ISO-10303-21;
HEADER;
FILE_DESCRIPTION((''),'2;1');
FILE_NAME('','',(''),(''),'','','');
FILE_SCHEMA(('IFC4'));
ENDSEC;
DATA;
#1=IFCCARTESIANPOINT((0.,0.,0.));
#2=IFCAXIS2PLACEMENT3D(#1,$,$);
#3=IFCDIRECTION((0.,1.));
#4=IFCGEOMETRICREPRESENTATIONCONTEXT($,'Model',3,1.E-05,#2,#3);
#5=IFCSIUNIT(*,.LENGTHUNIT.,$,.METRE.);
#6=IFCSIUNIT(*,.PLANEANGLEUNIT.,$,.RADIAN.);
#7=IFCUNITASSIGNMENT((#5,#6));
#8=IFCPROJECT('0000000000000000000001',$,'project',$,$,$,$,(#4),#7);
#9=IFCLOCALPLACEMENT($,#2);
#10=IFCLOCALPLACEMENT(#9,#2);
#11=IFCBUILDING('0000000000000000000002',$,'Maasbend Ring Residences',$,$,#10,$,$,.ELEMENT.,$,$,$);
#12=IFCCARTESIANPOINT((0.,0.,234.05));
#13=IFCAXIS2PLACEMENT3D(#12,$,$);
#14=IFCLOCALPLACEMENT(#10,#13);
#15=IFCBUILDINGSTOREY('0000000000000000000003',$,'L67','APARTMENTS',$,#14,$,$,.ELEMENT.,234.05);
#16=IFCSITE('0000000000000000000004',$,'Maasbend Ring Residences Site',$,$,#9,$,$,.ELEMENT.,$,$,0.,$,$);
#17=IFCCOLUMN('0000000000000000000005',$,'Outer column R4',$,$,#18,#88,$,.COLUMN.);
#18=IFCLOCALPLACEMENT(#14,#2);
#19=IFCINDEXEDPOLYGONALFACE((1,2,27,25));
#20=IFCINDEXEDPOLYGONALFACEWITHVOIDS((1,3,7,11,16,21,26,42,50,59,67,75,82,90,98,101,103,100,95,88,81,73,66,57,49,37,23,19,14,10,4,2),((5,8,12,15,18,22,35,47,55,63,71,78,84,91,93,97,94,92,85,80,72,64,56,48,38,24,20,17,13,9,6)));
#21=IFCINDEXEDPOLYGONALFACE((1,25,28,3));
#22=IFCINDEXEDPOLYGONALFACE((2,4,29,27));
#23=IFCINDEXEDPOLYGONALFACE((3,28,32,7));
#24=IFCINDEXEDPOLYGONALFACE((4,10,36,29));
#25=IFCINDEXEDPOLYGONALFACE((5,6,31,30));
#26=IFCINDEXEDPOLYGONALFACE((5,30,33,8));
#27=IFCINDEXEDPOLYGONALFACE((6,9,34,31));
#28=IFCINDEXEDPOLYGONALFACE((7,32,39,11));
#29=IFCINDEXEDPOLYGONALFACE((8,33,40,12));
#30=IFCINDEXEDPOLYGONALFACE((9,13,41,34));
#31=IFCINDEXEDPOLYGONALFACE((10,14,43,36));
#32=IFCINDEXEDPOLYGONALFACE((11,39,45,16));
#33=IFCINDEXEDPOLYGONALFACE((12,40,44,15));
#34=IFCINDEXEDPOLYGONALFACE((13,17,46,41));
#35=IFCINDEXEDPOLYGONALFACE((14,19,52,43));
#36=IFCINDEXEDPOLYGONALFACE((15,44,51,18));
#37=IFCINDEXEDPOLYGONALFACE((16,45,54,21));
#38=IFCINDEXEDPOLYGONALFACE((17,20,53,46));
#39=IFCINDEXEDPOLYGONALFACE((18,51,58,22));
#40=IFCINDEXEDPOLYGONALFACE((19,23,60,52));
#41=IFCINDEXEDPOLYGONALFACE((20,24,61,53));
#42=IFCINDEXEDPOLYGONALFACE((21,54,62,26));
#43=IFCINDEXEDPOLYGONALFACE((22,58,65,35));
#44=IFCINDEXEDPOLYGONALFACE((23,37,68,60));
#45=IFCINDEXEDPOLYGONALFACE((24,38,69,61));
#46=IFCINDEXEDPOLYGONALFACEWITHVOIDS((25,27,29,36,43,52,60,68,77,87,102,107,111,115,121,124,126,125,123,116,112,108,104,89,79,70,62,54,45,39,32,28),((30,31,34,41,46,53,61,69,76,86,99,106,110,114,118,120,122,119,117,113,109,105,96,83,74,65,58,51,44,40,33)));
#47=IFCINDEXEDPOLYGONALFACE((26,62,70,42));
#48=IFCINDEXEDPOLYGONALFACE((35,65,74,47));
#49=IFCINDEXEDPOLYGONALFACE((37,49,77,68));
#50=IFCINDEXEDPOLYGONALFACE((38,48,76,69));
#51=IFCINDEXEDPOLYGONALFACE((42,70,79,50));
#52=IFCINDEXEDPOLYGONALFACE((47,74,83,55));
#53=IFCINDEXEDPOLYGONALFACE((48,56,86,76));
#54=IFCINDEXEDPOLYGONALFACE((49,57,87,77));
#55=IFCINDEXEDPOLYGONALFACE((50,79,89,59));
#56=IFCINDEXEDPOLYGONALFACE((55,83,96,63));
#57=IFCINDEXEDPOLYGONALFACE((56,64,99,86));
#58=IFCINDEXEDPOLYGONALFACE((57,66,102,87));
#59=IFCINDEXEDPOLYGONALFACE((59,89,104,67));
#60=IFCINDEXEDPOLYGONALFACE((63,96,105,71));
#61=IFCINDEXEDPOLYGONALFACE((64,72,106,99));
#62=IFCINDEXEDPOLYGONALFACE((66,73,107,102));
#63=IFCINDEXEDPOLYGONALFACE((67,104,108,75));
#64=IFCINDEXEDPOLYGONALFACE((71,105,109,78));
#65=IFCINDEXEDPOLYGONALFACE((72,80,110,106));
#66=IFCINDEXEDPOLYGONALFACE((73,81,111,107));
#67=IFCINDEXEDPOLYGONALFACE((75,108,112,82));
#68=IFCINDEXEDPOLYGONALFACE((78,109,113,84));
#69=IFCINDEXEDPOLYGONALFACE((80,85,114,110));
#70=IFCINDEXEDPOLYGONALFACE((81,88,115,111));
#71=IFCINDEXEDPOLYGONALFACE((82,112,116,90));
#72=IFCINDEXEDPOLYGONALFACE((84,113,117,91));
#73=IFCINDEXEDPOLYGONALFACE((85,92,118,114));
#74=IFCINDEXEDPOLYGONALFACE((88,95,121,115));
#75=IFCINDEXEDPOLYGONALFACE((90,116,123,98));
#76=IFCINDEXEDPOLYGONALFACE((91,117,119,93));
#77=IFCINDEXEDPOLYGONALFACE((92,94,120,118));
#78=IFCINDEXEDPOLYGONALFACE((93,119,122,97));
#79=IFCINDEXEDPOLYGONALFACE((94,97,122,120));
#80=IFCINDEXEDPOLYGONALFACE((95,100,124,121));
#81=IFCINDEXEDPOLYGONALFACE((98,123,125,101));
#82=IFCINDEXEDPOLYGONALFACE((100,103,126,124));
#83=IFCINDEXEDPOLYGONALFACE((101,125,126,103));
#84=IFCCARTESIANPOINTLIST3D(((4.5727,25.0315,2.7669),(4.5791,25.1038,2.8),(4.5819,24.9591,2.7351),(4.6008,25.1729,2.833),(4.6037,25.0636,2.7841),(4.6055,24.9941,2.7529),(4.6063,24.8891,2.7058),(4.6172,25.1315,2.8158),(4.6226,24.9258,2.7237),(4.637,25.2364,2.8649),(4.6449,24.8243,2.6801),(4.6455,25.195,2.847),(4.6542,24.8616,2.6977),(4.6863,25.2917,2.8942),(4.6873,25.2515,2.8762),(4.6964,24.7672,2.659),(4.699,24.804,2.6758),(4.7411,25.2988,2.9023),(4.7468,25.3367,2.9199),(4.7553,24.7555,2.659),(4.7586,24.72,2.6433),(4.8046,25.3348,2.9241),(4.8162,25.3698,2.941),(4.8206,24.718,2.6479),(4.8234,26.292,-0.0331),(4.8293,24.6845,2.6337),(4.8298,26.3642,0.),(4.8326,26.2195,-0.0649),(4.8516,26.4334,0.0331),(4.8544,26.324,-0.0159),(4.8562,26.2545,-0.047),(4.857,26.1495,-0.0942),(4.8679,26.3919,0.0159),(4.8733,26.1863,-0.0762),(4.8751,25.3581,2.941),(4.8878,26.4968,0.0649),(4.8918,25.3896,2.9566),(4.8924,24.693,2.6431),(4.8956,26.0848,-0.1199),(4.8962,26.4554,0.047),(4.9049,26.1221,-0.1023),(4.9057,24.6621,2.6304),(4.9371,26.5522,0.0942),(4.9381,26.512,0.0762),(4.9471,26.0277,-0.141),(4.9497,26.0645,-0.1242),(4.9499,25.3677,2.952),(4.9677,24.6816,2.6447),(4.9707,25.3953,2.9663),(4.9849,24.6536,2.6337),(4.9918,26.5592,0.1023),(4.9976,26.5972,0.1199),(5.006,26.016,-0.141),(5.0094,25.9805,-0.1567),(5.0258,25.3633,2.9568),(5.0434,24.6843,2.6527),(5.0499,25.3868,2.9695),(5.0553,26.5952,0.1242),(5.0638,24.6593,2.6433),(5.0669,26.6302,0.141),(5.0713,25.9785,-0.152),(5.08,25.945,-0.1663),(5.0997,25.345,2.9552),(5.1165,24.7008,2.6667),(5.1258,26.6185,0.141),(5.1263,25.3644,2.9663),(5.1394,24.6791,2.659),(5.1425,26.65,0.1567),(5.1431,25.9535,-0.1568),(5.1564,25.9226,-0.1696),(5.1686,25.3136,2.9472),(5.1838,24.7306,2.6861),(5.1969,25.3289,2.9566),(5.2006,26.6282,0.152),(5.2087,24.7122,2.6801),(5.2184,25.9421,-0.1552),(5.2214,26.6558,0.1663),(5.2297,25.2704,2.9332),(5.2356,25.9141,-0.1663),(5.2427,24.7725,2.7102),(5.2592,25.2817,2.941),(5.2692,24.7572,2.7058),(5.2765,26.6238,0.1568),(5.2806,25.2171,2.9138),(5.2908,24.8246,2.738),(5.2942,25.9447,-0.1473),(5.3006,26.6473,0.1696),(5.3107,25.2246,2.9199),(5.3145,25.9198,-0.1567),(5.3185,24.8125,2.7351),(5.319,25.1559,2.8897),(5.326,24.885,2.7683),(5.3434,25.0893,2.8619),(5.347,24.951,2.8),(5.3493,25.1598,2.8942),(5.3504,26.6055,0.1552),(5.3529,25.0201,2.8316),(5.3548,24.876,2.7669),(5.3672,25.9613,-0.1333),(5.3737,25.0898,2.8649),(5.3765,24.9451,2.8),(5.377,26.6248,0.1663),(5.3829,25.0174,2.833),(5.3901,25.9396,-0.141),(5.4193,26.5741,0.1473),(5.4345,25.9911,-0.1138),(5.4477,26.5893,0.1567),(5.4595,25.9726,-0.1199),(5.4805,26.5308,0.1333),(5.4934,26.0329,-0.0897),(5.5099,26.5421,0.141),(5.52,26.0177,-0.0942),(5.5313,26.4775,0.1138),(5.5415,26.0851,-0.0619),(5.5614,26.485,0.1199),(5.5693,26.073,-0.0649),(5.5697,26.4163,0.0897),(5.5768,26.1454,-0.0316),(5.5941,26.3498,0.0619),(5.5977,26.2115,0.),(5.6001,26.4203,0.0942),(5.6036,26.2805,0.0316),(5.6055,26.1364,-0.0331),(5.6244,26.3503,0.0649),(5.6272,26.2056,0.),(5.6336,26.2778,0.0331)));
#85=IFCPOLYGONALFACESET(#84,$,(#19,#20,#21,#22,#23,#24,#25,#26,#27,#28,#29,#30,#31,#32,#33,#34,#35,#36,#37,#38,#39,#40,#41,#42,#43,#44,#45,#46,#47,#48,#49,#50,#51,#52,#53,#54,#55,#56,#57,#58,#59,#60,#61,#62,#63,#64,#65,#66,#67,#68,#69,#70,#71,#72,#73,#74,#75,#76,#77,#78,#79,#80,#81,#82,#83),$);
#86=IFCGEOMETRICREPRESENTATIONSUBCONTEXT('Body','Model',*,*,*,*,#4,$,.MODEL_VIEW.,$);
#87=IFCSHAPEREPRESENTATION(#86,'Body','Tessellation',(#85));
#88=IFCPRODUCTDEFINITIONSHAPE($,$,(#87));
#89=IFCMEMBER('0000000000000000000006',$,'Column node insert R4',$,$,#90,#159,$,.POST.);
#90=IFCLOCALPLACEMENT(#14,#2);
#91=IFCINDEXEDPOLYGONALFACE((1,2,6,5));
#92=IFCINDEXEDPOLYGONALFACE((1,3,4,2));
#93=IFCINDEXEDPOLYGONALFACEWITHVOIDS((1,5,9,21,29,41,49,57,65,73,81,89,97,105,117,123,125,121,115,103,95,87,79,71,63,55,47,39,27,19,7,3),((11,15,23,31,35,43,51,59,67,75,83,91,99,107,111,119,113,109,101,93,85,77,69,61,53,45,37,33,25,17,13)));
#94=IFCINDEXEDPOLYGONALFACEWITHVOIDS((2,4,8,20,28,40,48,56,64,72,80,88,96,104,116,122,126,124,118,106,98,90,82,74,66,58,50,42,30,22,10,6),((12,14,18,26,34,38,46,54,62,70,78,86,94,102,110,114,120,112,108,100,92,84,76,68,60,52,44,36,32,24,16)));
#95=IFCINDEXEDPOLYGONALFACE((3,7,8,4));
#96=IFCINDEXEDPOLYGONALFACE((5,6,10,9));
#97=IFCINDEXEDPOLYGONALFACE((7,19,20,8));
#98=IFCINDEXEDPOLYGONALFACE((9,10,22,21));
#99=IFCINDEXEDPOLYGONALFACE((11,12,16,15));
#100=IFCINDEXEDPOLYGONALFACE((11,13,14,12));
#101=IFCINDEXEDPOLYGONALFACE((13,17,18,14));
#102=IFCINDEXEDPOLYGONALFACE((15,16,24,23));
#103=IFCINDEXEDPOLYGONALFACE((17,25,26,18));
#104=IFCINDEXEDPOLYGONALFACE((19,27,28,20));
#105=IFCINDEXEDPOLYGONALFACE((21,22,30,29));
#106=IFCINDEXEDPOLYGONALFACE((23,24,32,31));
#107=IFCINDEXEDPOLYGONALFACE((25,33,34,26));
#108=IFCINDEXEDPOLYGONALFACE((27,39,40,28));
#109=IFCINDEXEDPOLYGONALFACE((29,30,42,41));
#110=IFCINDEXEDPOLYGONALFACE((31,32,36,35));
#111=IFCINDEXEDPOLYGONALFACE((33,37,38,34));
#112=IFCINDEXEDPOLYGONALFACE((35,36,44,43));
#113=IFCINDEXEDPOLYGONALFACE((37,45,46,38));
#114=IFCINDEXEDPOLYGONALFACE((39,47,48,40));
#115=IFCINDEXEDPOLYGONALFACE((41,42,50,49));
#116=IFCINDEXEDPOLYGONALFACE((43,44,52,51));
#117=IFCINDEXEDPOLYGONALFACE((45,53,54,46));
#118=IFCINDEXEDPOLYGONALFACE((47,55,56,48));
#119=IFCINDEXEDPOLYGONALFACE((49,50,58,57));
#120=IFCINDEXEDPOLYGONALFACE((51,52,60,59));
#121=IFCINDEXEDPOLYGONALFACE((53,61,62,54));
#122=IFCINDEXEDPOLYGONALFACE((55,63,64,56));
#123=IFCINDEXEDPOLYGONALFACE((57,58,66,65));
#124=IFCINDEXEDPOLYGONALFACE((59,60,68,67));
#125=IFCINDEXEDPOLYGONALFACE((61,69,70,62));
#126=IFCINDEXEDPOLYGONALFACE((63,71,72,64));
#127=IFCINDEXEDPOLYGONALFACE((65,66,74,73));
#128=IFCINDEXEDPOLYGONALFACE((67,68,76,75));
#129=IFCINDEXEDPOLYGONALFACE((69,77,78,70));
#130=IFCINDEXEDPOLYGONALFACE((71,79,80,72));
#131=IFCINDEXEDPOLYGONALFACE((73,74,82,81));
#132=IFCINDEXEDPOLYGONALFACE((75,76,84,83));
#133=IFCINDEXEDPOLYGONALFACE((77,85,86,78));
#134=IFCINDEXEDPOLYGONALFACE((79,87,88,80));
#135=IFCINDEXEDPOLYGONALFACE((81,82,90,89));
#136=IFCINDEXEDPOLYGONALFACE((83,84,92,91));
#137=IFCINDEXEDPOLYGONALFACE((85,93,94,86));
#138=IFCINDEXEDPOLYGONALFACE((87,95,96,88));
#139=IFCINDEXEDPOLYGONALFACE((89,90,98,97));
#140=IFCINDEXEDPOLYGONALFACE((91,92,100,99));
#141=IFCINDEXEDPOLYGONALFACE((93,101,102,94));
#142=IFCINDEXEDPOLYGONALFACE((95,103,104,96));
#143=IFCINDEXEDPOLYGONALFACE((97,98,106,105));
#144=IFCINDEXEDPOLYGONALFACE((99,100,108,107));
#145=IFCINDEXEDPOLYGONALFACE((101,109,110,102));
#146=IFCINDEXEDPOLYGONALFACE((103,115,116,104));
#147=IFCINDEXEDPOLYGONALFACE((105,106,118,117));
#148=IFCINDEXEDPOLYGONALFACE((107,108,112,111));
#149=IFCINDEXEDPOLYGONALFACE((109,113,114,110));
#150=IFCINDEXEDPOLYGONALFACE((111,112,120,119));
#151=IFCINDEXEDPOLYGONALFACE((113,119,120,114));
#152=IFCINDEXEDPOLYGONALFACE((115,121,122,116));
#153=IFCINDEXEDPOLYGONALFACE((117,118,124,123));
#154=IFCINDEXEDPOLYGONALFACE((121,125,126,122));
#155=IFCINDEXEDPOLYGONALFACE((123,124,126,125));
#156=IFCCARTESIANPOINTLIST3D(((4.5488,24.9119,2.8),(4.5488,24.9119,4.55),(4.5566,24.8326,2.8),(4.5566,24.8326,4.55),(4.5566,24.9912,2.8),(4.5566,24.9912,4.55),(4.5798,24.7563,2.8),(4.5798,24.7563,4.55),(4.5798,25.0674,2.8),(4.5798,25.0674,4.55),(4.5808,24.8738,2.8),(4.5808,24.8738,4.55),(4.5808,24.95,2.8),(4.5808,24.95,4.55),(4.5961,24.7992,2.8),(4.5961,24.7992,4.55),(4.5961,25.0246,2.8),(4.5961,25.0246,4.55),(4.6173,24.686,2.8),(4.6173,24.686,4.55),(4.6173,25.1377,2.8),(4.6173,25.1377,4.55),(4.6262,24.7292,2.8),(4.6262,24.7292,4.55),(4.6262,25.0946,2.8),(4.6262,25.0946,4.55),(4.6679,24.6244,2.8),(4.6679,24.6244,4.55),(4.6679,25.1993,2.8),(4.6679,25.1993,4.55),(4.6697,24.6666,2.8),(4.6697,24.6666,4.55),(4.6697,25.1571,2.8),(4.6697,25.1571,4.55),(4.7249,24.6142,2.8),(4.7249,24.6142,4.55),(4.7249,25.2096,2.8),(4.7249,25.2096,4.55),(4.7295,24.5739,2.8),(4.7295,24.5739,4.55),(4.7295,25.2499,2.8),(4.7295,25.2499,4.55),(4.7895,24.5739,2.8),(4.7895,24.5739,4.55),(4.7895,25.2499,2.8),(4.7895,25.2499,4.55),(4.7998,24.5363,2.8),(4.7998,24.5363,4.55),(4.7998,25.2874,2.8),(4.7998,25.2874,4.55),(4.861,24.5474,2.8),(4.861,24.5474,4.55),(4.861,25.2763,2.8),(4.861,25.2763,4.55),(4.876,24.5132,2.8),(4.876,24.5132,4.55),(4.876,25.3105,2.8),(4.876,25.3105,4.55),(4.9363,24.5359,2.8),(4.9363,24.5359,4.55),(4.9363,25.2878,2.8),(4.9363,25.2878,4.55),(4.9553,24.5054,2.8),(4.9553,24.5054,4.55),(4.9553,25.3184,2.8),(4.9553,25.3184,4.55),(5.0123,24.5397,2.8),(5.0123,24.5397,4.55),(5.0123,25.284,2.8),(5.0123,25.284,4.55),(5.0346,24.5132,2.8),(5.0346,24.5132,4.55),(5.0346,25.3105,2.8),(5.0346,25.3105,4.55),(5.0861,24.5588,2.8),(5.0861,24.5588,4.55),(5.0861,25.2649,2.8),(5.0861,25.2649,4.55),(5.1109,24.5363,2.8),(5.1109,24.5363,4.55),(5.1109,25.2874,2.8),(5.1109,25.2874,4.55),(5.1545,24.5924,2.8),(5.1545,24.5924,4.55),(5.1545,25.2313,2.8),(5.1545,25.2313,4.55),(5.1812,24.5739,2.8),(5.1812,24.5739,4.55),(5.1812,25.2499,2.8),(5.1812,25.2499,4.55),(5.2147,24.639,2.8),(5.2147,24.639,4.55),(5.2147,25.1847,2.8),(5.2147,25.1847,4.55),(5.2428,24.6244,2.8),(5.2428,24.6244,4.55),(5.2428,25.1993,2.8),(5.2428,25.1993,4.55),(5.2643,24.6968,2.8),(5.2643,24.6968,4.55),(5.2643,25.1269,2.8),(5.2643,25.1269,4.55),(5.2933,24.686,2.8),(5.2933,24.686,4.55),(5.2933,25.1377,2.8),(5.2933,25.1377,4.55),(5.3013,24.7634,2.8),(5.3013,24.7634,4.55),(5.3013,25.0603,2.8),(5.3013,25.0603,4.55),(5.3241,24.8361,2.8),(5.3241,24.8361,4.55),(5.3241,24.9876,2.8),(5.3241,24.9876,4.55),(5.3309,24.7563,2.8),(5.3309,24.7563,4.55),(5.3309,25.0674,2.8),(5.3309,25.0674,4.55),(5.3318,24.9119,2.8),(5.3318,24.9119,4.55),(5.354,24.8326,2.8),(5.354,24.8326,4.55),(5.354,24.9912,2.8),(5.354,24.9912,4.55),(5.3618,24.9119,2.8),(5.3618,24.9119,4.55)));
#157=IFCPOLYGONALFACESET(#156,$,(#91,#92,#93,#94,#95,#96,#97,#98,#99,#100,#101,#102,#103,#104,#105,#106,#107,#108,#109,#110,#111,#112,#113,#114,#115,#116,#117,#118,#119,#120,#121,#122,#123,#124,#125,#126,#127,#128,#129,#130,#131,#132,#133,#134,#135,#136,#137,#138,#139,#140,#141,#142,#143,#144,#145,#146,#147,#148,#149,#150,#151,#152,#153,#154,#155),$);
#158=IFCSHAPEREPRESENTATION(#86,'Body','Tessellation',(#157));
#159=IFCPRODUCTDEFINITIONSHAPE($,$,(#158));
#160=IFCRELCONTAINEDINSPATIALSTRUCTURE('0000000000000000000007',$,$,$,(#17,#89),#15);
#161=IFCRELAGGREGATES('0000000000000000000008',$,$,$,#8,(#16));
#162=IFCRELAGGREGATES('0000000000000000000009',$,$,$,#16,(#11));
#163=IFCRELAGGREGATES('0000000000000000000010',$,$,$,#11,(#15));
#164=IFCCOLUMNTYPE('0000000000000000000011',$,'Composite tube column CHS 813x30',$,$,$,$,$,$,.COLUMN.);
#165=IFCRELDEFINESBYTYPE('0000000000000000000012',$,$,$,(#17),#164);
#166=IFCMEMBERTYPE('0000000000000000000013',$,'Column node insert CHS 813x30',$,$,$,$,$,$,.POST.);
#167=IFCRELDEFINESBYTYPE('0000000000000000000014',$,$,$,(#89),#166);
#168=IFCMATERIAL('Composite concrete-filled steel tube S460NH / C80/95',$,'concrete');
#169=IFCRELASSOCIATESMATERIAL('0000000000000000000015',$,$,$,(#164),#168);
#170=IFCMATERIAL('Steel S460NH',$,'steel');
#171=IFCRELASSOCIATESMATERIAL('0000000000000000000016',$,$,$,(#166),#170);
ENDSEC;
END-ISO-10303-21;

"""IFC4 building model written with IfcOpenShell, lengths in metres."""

from ifc_helpers import new_model, si_unit, direction, frame, origin, origin_2d, place, context, subcontext, project, spatial, hollow_circle, extrude, material, material_profile, profile_set, type_object, element, save


model = new_model("IFC4")

# Units and contexts
model_context = context("Model", 3, precision=1e-05, world=origin(), true_north=direction((0.0, 1.0)))
body_context = subcontext(model_context, "Body", "Model", "MODEL_VIEW")
ifc_project = project(units=[si_unit("LENGTHUNIT", "METRE"), si_unit("PLANEANGLEUNIT", "RADIAN")], contexts=[model_context])

# Site, building, storey
site_placement = place(None, origin())
site = spatial("IfcSite", under=ifc_project, at=site_placement, Name="Maasbend Ring Residences Site", CompositionType="ELEMENT", RefElevation=0.0)
building_placement = place(site_placement, origin())
building = spatial("IfcBuilding", under=site, at=building_placement, Name="Maasbend Ring Residences", CompositionType="ELEMENT")
storey_placement = place(building_placement, frame((0.0, 0.0, 234.05)))
storey = spatial("IfcBuildingStorey", under=building, at=storey_placement, Name="L67", Description="APARTMENTS", CompositionType="ELEMENT", Elevation=234.05)

# Column
ifc_material_1 = material(Name="Composite concrete-filled steel tube S460NH / C80/95", Category="concrete")
ifc_material_profile_1 = material_profile(ifc_material_1, hollow_circle(Radius=0.4065, WallThickness=0.03, at=origin_2d()), Name="Composite tube column CHS 813x30")
ifc_profile_set_1 = profile_set([ifc_material_profile_1], Name="Composite concrete-filled steel tube S460NH / C80/95")
column_type = type_object("IfcColumnType", Name="Composite tube column CHS 813x30", PredefinedType="COLUMN", material=ifc_profile_set_1)
column_placement = place(storey_placement, frame((5.2285, 26.2849, 0.0), z_axis=(-0.081383, -0.409132, 0.908839), x_axis=(0.980785, -0.195093, 0.0)))
element("IfcColumn", 1, at=column_placement, inside=storey, type_object=column_type, Name="Outer column R4", PredefinedType="COLUMN", context=body_context, shape_type="SweptSolid", body=[
    extrude(hollow_circle(Radius=0.4065, WallThickness=0.03, at=origin_2d()), origin(), (0.0, 0.0, 1.0), 3.0808),
])

# Member
ifc_material_2 = material(Name="Steel S460NH", Category="steel")
ifc_material_profile_2 = material_profile(ifc_material_2, hollow_circle(Radius=0.4065, WallThickness=0.03, at=origin_2d()), Name="Column node insert CHS 813x30")
ifc_profile_set_2 = profile_set([ifc_material_profile_2], Name="Steel S460NH")
member_type = type_object("IfcMemberType", Name="Column node insert CHS 813x30", PredefinedType="POST", material=ifc_profile_set_2)
member_placement = place(storey_placement, frame((4.9553, 24.9119, 2.8), z_axis=(0.0, 0.0, 1.0), x_axis=(1.0, 0.0, 0.0)))
element("IfcMember", 2, at=member_placement, inside=storey, type_object=member_type, Name="Column node insert R4", PredefinedType="POST", context=body_context, shape_type="SweptSolid", body=[
    extrude(hollow_circle(Radius=0.4065, WallThickness=0.03, at=origin_2d()), origin(), (0.0, 0.0, 1.0), 1.75),
])

save(model, "model.ifc")
